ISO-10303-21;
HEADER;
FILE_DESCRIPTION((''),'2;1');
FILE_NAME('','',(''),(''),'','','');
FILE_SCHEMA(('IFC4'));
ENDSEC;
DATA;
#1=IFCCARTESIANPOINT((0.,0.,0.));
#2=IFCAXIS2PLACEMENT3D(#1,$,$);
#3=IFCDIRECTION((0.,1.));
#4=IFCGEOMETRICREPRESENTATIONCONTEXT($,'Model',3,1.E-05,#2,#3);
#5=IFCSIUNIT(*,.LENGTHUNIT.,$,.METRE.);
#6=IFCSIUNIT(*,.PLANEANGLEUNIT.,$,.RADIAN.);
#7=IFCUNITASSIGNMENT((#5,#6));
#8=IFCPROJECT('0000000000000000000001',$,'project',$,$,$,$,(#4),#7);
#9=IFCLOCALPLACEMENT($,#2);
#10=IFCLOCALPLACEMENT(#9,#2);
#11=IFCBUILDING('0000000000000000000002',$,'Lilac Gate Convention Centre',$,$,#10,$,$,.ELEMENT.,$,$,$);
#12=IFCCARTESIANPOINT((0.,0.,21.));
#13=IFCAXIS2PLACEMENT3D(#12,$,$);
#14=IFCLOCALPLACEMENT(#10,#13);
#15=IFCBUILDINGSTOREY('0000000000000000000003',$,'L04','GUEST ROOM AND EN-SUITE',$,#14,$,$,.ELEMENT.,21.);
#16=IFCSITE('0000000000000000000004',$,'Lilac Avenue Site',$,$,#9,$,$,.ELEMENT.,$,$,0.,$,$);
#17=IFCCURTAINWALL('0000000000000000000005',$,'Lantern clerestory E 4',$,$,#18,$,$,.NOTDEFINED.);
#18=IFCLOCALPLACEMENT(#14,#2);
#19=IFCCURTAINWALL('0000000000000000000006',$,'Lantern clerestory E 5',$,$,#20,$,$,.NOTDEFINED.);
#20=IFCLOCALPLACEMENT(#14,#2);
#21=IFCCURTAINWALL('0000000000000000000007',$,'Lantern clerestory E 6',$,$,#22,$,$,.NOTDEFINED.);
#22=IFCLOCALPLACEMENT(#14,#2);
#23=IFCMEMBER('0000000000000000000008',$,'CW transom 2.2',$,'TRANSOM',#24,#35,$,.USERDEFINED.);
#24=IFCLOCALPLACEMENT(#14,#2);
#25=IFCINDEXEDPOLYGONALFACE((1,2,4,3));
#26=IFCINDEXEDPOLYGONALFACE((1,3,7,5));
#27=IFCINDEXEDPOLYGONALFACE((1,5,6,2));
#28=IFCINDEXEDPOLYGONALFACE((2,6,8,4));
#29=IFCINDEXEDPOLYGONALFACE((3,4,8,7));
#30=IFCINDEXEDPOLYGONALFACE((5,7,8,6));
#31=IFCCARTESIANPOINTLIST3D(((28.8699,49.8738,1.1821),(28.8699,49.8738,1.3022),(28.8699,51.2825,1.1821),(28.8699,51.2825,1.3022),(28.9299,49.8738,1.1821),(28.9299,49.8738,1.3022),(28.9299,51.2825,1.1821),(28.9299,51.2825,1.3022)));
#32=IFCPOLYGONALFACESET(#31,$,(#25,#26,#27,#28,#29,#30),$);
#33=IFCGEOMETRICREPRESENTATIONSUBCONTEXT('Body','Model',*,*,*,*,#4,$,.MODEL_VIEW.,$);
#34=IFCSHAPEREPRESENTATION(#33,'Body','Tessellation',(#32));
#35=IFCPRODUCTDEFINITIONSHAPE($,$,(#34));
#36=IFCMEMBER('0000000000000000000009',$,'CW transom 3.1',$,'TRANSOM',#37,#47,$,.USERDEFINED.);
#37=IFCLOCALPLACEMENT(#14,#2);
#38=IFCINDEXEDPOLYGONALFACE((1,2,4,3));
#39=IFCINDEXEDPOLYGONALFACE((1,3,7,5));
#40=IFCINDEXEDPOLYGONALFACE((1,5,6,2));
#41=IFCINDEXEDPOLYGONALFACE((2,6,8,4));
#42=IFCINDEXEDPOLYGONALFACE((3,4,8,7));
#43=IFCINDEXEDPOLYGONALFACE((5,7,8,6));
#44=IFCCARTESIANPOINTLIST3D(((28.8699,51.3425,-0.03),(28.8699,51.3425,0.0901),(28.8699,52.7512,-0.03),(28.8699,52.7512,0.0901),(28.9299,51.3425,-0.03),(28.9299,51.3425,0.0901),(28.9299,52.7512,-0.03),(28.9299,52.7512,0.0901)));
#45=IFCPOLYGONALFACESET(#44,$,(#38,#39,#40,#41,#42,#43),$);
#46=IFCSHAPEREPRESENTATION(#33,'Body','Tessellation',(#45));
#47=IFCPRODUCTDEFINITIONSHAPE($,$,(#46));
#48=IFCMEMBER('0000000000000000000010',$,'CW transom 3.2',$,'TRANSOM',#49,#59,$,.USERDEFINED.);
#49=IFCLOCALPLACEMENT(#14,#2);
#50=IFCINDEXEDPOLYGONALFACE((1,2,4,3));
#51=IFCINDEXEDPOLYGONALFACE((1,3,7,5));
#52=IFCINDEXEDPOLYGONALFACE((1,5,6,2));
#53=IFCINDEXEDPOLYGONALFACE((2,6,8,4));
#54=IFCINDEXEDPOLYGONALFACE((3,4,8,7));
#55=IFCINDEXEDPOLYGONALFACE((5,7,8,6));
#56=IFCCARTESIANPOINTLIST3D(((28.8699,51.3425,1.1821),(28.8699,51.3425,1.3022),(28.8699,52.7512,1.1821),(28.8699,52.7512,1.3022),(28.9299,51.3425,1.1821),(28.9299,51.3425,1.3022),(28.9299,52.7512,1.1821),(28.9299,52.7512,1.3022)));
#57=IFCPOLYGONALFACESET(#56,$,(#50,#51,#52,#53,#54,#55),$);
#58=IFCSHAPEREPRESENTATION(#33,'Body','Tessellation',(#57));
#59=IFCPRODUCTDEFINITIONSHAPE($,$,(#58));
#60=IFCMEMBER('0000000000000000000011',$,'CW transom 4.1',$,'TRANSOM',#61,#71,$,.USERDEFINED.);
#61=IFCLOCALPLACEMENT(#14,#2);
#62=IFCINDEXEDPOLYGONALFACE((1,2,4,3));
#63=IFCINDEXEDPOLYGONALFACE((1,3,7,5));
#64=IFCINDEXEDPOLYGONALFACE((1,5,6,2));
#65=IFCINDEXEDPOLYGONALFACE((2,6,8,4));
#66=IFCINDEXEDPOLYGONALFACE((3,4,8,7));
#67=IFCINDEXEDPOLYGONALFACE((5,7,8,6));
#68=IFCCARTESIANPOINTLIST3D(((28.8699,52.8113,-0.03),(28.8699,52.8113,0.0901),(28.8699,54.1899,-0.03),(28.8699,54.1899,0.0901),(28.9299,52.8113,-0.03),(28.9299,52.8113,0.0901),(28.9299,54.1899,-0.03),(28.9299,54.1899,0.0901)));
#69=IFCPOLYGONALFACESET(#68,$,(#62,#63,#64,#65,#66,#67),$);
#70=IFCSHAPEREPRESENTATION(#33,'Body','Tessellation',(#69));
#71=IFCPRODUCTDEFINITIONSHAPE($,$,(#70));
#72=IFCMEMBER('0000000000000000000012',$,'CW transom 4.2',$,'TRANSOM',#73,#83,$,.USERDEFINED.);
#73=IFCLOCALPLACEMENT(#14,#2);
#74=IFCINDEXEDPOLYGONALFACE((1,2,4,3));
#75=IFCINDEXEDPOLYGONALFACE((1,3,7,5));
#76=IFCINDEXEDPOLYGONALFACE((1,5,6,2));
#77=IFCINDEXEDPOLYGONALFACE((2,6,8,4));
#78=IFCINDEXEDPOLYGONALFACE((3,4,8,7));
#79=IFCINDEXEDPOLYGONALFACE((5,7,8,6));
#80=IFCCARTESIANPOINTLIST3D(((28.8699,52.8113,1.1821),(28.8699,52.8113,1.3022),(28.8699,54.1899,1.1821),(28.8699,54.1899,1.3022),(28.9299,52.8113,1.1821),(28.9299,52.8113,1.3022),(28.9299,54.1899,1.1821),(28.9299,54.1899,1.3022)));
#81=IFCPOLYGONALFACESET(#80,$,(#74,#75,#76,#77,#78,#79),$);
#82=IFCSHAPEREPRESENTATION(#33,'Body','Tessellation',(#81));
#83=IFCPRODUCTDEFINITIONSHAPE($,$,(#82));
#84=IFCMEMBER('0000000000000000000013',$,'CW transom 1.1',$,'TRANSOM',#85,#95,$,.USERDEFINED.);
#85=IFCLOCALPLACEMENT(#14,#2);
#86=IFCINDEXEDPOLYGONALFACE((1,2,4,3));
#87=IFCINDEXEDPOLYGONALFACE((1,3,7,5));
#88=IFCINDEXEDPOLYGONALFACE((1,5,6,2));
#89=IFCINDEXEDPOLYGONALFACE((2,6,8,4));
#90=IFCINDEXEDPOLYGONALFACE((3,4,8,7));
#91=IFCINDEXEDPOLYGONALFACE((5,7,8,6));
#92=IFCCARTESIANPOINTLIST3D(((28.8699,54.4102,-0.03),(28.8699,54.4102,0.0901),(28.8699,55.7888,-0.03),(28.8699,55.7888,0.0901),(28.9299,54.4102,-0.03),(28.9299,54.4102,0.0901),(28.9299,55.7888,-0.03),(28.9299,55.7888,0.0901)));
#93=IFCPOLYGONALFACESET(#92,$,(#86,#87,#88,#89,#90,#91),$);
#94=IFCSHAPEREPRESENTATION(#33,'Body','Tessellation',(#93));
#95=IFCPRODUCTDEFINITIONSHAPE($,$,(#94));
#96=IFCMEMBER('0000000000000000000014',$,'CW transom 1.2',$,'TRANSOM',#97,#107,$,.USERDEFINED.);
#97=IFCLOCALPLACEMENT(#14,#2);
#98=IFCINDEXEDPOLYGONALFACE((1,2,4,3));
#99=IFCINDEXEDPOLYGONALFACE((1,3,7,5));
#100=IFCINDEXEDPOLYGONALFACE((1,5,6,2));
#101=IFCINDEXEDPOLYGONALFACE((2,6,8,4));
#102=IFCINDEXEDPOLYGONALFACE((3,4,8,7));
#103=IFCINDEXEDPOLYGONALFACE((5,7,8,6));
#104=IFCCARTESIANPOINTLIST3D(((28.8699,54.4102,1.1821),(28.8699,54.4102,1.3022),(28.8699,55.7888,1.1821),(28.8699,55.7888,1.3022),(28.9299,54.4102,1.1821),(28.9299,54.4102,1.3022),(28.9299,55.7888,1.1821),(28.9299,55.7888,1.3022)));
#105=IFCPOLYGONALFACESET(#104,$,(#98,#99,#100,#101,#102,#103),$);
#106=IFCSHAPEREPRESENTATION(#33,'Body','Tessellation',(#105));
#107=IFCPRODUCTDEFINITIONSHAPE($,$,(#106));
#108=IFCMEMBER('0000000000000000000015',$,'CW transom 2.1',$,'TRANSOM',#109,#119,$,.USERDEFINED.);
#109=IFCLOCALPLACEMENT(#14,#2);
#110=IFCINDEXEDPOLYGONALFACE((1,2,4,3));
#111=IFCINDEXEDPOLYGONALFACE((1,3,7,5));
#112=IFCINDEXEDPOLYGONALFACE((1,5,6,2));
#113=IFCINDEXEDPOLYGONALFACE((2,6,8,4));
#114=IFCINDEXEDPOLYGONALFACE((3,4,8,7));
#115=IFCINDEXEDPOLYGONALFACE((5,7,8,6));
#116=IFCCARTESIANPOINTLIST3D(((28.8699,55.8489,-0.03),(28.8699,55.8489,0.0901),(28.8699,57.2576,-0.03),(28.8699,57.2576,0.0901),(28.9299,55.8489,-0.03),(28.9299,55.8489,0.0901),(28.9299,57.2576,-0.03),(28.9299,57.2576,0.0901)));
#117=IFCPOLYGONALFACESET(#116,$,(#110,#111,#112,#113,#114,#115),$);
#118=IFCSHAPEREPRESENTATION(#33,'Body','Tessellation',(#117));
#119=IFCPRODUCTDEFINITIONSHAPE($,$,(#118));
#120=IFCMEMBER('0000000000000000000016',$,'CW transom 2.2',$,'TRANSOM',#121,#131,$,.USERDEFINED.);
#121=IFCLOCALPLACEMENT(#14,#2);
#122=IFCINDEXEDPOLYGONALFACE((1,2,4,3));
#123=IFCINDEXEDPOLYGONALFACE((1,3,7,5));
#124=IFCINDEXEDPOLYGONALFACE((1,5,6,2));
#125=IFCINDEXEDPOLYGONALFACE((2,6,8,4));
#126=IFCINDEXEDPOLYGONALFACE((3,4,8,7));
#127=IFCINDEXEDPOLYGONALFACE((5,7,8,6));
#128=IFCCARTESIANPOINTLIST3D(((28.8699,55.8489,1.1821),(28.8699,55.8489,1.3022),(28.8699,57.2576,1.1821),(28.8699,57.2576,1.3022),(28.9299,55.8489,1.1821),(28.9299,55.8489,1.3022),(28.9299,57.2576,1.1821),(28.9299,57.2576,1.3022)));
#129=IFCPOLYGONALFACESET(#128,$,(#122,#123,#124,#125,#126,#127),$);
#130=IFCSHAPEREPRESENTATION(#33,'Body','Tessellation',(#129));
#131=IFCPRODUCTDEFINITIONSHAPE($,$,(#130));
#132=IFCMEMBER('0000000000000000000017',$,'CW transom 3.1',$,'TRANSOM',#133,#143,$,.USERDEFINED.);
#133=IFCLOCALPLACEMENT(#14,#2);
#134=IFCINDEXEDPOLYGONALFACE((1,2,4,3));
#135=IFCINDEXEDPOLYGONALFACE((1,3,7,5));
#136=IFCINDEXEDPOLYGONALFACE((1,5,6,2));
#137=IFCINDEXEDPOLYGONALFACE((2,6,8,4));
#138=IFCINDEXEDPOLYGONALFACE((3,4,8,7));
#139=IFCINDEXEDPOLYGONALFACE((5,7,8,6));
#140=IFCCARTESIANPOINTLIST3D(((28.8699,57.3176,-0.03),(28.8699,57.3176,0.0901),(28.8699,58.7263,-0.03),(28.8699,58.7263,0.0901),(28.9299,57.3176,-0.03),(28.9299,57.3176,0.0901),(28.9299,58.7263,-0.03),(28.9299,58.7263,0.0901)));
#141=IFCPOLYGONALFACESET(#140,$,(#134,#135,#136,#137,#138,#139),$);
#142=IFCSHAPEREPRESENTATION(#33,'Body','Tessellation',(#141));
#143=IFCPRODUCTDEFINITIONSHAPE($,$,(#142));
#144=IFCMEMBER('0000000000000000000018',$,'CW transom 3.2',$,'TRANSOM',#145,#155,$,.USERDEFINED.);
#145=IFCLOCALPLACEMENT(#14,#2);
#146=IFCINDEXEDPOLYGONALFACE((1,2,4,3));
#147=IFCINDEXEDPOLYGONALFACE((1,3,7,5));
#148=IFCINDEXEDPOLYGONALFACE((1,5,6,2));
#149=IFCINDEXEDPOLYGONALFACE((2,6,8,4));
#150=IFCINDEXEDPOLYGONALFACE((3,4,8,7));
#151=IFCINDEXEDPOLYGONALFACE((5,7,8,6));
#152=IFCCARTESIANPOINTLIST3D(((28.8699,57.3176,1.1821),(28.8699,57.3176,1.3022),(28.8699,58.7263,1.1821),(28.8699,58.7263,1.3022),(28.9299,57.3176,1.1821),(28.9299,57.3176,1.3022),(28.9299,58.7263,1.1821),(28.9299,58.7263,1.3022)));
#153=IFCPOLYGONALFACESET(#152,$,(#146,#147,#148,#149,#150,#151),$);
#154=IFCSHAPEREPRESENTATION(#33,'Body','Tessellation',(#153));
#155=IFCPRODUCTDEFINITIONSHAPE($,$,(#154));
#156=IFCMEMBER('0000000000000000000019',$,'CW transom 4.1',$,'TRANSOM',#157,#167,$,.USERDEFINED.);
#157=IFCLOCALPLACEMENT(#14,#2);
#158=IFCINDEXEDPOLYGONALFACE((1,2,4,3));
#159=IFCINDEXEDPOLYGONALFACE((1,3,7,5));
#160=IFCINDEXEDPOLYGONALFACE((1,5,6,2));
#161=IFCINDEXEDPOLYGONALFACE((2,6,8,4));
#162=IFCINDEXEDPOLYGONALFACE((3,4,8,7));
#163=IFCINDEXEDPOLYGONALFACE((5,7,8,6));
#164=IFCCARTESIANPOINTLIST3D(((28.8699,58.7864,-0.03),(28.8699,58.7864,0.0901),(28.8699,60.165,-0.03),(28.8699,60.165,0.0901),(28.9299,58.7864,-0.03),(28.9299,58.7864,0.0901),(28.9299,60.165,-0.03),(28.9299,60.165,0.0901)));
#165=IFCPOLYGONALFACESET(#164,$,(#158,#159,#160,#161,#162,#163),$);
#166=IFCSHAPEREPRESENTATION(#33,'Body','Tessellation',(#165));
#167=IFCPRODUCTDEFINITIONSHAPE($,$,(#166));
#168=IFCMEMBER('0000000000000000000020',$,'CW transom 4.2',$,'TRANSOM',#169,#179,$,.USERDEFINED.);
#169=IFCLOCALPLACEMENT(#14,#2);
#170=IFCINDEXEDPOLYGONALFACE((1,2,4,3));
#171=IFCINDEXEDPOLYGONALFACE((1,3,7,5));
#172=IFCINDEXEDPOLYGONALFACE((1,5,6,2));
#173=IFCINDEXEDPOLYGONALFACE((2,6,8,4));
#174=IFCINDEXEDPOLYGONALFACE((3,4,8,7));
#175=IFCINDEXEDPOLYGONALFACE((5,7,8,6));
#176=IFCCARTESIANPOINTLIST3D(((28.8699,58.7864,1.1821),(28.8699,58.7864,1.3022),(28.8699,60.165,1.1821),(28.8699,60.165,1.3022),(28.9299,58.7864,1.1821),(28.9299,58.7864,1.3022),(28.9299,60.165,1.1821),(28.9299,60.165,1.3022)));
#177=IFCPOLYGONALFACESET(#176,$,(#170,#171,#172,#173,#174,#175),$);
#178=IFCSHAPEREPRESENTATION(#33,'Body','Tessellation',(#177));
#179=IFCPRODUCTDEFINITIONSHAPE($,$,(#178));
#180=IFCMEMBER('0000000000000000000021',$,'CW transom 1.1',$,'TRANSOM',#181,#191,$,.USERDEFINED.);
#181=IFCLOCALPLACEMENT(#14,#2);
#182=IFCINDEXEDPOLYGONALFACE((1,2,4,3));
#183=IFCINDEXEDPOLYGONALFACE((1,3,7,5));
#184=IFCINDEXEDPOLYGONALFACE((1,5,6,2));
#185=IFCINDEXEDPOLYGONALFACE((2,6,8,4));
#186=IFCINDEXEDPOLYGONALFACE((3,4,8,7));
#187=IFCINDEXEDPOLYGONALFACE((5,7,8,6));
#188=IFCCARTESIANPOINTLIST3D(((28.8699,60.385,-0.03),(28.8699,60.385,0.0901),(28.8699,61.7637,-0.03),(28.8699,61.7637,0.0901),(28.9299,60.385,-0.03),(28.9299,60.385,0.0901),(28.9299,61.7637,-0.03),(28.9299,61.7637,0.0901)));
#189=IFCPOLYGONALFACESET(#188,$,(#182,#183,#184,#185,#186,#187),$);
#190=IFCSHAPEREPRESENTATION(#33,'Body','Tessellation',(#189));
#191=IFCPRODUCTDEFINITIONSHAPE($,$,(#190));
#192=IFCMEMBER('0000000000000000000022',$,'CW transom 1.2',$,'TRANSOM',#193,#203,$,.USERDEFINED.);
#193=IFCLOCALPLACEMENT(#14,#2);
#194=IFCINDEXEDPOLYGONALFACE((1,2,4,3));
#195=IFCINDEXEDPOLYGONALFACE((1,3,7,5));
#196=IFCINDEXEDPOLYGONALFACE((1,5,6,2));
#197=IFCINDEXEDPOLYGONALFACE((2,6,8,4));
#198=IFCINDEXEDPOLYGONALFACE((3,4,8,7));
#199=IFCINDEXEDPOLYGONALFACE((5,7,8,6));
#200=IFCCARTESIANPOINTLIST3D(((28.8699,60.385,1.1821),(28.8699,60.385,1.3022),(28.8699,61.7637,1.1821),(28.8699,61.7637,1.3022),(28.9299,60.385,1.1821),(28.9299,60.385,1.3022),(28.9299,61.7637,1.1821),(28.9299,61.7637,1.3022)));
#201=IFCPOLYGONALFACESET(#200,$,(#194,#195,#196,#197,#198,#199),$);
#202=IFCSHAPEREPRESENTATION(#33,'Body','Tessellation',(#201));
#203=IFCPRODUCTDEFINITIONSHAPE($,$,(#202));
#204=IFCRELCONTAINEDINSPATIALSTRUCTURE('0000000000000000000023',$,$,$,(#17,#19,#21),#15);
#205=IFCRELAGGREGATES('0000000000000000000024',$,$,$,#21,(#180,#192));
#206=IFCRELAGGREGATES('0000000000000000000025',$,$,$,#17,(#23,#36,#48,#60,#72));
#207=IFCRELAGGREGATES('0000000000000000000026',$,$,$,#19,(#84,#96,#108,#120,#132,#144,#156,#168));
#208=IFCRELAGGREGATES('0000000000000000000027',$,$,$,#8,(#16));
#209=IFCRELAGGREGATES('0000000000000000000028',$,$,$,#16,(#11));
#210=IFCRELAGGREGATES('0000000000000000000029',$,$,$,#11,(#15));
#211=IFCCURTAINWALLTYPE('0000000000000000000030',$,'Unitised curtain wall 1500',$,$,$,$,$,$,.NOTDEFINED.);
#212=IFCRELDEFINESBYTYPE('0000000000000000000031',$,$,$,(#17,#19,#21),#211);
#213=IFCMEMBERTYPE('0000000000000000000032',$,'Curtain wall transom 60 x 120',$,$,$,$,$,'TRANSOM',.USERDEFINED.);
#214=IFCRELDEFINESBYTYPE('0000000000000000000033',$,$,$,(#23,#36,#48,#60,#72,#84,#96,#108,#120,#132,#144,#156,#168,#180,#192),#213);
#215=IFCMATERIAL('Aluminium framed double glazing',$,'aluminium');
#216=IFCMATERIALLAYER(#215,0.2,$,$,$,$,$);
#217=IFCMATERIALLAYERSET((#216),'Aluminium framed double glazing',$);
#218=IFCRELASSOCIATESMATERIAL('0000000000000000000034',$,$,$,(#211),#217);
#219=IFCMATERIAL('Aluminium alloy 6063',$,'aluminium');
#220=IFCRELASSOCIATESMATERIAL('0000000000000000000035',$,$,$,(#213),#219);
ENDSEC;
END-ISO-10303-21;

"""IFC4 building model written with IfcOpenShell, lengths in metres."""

from ifc_helpers import new_model, si_unit, direction, frame, origin, origin_2d, place, context, subcontext, project, spatial, rectangle, extrude, material, layer, layer_set, material_profile, profile_set, type_object, element, aggregate, save


model = new_model("IFC4")

# Units and contexts
model_context = context("Model", 3, precision=1e-05, world=origin(), true_north=direction((0.0, 1.0)))
body_context = subcontext(model_context, "Body", "Model", "MODEL_VIEW")
ifc_project = project(units=[si_unit("LENGTHUNIT", "METRE"), si_unit("PLANEANGLEUNIT", "RADIAN")], contexts=[model_context])

# Site, building, storey
site_placement = place(None, origin())
site = spatial("IfcSite", under=ifc_project, at=site_placement, Name="Lilac Avenue Site", CompositionType="ELEMENT", RefElevation=0.0)
building_placement = place(site_placement, origin())
building = spatial("IfcBuilding", under=site, at=building_placement, Name="Lilac Gate Convention Centre", CompositionType="ELEMENT")
storey_placement = place(building_placement, frame((0.0, 0.0, 21.0)))
storey = spatial("IfcBuildingStorey", under=building, at=storey_placement, Name="L04", Description="GUEST ROOM AND EN-SUITE", CompositionType="ELEMENT", Elevation=21.0)

# Shared definitions
ifc_material_1 = material(Name="Aluminium framed double glazing", Category="aluminium")
ifc_layer_1 = layer(ifc_material_1, 0.2)
ifc_layer_set_1 = layer_set([ifc_layer_1], Name="Aluminium framed double glazing")
curtain_wall_type = type_object("IfcCurtainWallType", Name="Unitised curtain wall 1500", PredefinedType="NOTDEFINED", material=ifc_layer_set_1)
ifc_material_2 = material(Name="Aluminium alloy 6063", Category="aluminium")

# Curtain walls
curtain_wall_1_placement = place(storey_placement, origin())
curtain_wall_1 = element("IfcCurtainWall", 1, at=curtain_wall_1_placement, inside=storey, type_object=curtain_wall_type, Name="Lantern clerestory E 4", PredefinedType="NOTDEFINED")
curtain_wall_2_placement = place(storey_placement, origin())
curtain_wall_2 = element("IfcCurtainWall", 2, at=curtain_wall_2_placement, inside=storey, type_object=curtain_wall_type, Name="Lantern clerestory E 5", PredefinedType="NOTDEFINED")

# Curtain wall
curtain_wall_3_placement = place(storey_placement, origin())
curtain_wall_3 = element("IfcCurtainWall", 3, at=curtain_wall_3_placement, inside=storey, type_object=curtain_wall_type, Name="Lantern clerestory E 6", PredefinedType="NOTDEFINED")

# Members
ifc_material_profile_1 = material_profile(ifc_material_2, rectangle(XDim=0.0601, YDim=0.1201, at=origin_2d()), Name="Curtain wall transom 60 x 120")
ifc_profile_set_1 = profile_set([ifc_material_profile_1], Name="Aluminium alloy 6063")
member_type_1 = type_object("IfcMemberType", Name="Curtain wall transom 60 x 120", ElementType="TRANSOM", PredefinedType="USERDEFINED", material=ifc_profile_set_1)
member_1_placement = place(storey_placement, frame((28.8999, 49.8738, 1.2422), z_axis=(0.0, 1.0, 0.0), x_axis=(-1.0, 0.0, 0.0)))
member_1 = element("IfcMember", 4, at=member_1_placement, type_object=member_type_1, Name="CW transom 2.2", ObjectType="TRANSOM", PredefinedType="USERDEFINED", context=body_context, shape_type="SweptSolid", body=[
    extrude(rectangle(XDim=0.0601, YDim=0.1201, at=origin_2d()), origin(), (0.0, 0.0, 1.0), 1.4087),
])
member_2_placement = place(storey_placement, frame((28.8999, 51.3425, 0.03), z_axis=(0.0, 1.0, 0.0), x_axis=(-1.0, 0.0, 0.0)))
member_2 = element("IfcMember", 5, at=member_2_placement, type_object=member_type_1, Name="CW transom 3.1", ObjectType="TRANSOM", PredefinedType="USERDEFINED", context=body_context, shape_type="SweptSolid", body=[
    extrude(rectangle(XDim=0.0601, YDim=0.1201, at=origin_2d()), origin(), (0.0, 0.0, 1.0), 1.4087),
])
member_3_placement = place(storey_placement, frame((28.8999, 51.3425, 1.2422), z_axis=(0.0, 1.0, 0.0), x_axis=(-1.0, 0.0, 0.0)))
member_3 = element("IfcMember", 6, at=member_3_placement, type_object=member_type_1, Name="CW transom 3.2", ObjectType="TRANSOM", PredefinedType="USERDEFINED", context=body_context, shape_type="SweptSolid", body=[
    extrude(rectangle(XDim=0.0601, YDim=0.1201, at=origin_2d()), origin(), (0.0, 0.0, 1.0), 1.4087),
])
member_4_placement = place(storey_placement, frame((28.8999, 52.8113, 0.03), z_axis=(0.0, 1.0, 0.0), x_axis=(-1.0, 0.0, 0.0)))
member_4 = element("IfcMember", 7, at=member_4_placement, type_object=member_type_1, Name="CW transom 4.1", ObjectType="TRANSOM", PredefinedType="USERDEFINED", context=body_context, shape_type="SweptSolid", body=[
    extrude(rectangle(XDim=0.0601, YDim=0.1201, at=origin_2d()), origin(), (0.0, 0.0, 1.0), 1.3787),
])
member_5_placement = place(storey_placement, frame((28.8999, 52.8113, 1.2422), z_axis=(0.0, 1.0, 0.0), x_axis=(-1.0, 0.0, 0.0)))
member_5 = element("IfcMember", 8, at=member_5_placement, type_object=member_type_1, Name="CW transom 4.2", ObjectType="TRANSOM", PredefinedType="USERDEFINED", context=body_context, shape_type="SweptSolid", body=[
    extrude(rectangle(XDim=0.0601, YDim=0.1201, at=origin_2d()), origin(), (0.0, 0.0, 1.0), 1.3787),
])
member_6_placement = place(storey_placement, frame((28.8999, 54.4102, 0.03), z_axis=(0.0, 1.0, 0.0), x_axis=(-1.0, 0.0, 0.0)))
member_6 = element("IfcMember", 9, at=member_6_placement, type_object=member_type_1, Name="CW transom 1.1", ObjectType="TRANSOM", PredefinedType="USERDEFINED", context=body_context, shape_type="SweptSolid", body=[
    extrude(rectangle(XDim=0.0601, YDim=0.1201, at=origin_2d()), origin(), (0.0, 0.0, 1.0), 1.3787),
])
member_7_placement = place(storey_placement, frame((28.8999, 54.4102, 1.2422), z_axis=(0.0, 1.0, 0.0), x_axis=(-1.0, 0.0, 0.0)))
member_7 = element("IfcMember", 10, at=member_7_placement, type_object=member_type_1, Name="CW transom 1.2", ObjectType="TRANSOM", PredefinedType="USERDEFINED", context=body_context, shape_type="SweptSolid", body=[
    extrude(rectangle(XDim=0.0601, YDim=0.1201, at=origin_2d()), origin(), (0.0, 0.0, 1.0), 1.3787),
])
member_8_placement = place(storey_placement, frame((28.8999, 55.8489, 0.03), z_axis=(0.0, 1.0, 0.0), x_axis=(-1.0, 0.0, 0.0)))
member_8 = element("IfcMember", 11, at=member_8_placement, type_object=member_type_1, Name="CW transom 2.1", ObjectType="TRANSOM", PredefinedType="USERDEFINED", context=body_context, shape_type="SweptSolid", body=[
    extrude(rectangle(XDim=0.0601, YDim=0.1201, at=origin_2d()), origin(), (0.0, 0.0, 1.0), 1.4087),
])
member_9_placement = place(storey_placement, frame((28.8999, 55.8489, 1.2422), z_axis=(0.0, 1.0, 0.0), x_axis=(-1.0, 0.0, 0.0)))
member_9 = element("IfcMember", 12, at=member_9_placement, type_object=member_type_1, Name="CW transom 2.2", ObjectType="TRANSOM", PredefinedType="USERDEFINED", context=body_context, shape_type="SweptSolid", body=[
    extrude(rectangle(XDim=0.0601, YDim=0.1201, at=origin_2d()), origin(), (0.0, 0.0, 1.0), 1.4087),
])
member_10_placement = place(storey_placement, frame((28.8999, 57.3176, 0.03), z_axis=(0.0, 1.0, 0.0), x_axis=(-1.0, 0.0, 0.0)))
member_10 = element("IfcMember", 13, at=member_10_placement, type_object=member_type_1, Name="CW transom 3.1", ObjectType="TRANSOM", PredefinedType="USERDEFINED", context=body_context, shape_type="SweptSolid", body=[
    extrude(rectangle(XDim=0.0601, YDim=0.1201, at=origin_2d()), origin(), (0.0, 0.0, 1.0), 1.4087),
])
member_11_placement = place(storey_placement, frame((28.8999, 57.3176, 1.2422), z_axis=(0.0, 1.0, 0.0), x_axis=(-1.0, 0.0, 0.0)))
member_11 = element("IfcMember", 14, at=member_11_placement, type_object=member_type_1, Name="CW transom 3.2", ObjectType="TRANSOM", PredefinedType="USERDEFINED", context=body_context, shape_type="SweptSolid", body=[
    extrude(rectangle(XDim=0.0601, YDim=0.1201, at=origin_2d()), origin(), (0.0, 0.0, 1.0), 1.4087),
])
member_12_placement = place(storey_placement, frame((28.8999, 58.7864, 0.03), z_axis=(0.0, 1.0, 0.0), x_axis=(-1.0, 0.0, 0.0)))
member_12 = element("IfcMember", 15, at=member_12_placement, type_object=member_type_1, Name="CW transom 4.1", ObjectType="TRANSOM", PredefinedType="USERDEFINED", context=body_context, shape_type="SweptSolid", body=[
    extrude(rectangle(XDim=0.0601, YDim=0.1201, at=origin_2d()), origin(), (0.0, 0.0, 1.0), 1.3787),
])
member_13_placement = place(storey_placement, frame((28.8999, 58.7864, 1.2422), z_axis=(0.0, 1.0, 0.0), x_axis=(-1.0, 0.0, 0.0)))
member_13 = element("IfcMember", 16, at=member_13_placement, type_object=member_type_1, Name="CW transom 4.2", ObjectType="TRANSOM", PredefinedType="USERDEFINED", context=body_context, shape_type="SweptSolid", body=[
    extrude(rectangle(XDim=0.0601, YDim=0.1201, at=origin_2d()), origin(), (0.0, 0.0, 1.0), 1.3787),
])
member_14_placement = place(storey_placement, frame((28.8999, 60.385, 0.03), z_axis=(0.0, 1.0, 0.0), x_axis=(-1.0, 0.0, 0.0)))
member_14 = element("IfcMember", 17, at=member_14_placement, type_object=member_type_1, Name="CW transom 1.1", ObjectType="TRANSOM", PredefinedType="USERDEFINED", context=body_context, shape_type="SweptSolid", body=[
    extrude(rectangle(XDim=0.0601, YDim=0.1201, at=origin_2d()), origin(), (0.0, 0.0, 1.0), 1.3787),
])
member_15_placement = place(storey_placement, frame((28.8999, 60.385, 1.2422), z_axis=(0.0, 1.0, 0.0), x_axis=(-1.0, 0.0, 0.0)))
member_15 = element("IfcMember", 18, at=member_15_placement, type_object=member_type_1, Name="CW transom 1.2", ObjectType="TRANSOM", PredefinedType="USERDEFINED", context=body_context, shape_type="SweptSolid", body=[
    extrude(rectangle(XDim=0.0601, YDim=0.1201, at=origin_2d()), origin(), (0.0, 0.0, 1.0), 1.3787),
])
aggregate(curtain_wall_3, [member_14, member_15])

aggregate(curtain_wall_1, [member_1, member_2, member_3, member_4, member_5])
aggregate(curtain_wall_2, [member_6, member_7, member_8, member_9, member_10, member_11, member_12, member_13])

save(model, "model.ifc")
